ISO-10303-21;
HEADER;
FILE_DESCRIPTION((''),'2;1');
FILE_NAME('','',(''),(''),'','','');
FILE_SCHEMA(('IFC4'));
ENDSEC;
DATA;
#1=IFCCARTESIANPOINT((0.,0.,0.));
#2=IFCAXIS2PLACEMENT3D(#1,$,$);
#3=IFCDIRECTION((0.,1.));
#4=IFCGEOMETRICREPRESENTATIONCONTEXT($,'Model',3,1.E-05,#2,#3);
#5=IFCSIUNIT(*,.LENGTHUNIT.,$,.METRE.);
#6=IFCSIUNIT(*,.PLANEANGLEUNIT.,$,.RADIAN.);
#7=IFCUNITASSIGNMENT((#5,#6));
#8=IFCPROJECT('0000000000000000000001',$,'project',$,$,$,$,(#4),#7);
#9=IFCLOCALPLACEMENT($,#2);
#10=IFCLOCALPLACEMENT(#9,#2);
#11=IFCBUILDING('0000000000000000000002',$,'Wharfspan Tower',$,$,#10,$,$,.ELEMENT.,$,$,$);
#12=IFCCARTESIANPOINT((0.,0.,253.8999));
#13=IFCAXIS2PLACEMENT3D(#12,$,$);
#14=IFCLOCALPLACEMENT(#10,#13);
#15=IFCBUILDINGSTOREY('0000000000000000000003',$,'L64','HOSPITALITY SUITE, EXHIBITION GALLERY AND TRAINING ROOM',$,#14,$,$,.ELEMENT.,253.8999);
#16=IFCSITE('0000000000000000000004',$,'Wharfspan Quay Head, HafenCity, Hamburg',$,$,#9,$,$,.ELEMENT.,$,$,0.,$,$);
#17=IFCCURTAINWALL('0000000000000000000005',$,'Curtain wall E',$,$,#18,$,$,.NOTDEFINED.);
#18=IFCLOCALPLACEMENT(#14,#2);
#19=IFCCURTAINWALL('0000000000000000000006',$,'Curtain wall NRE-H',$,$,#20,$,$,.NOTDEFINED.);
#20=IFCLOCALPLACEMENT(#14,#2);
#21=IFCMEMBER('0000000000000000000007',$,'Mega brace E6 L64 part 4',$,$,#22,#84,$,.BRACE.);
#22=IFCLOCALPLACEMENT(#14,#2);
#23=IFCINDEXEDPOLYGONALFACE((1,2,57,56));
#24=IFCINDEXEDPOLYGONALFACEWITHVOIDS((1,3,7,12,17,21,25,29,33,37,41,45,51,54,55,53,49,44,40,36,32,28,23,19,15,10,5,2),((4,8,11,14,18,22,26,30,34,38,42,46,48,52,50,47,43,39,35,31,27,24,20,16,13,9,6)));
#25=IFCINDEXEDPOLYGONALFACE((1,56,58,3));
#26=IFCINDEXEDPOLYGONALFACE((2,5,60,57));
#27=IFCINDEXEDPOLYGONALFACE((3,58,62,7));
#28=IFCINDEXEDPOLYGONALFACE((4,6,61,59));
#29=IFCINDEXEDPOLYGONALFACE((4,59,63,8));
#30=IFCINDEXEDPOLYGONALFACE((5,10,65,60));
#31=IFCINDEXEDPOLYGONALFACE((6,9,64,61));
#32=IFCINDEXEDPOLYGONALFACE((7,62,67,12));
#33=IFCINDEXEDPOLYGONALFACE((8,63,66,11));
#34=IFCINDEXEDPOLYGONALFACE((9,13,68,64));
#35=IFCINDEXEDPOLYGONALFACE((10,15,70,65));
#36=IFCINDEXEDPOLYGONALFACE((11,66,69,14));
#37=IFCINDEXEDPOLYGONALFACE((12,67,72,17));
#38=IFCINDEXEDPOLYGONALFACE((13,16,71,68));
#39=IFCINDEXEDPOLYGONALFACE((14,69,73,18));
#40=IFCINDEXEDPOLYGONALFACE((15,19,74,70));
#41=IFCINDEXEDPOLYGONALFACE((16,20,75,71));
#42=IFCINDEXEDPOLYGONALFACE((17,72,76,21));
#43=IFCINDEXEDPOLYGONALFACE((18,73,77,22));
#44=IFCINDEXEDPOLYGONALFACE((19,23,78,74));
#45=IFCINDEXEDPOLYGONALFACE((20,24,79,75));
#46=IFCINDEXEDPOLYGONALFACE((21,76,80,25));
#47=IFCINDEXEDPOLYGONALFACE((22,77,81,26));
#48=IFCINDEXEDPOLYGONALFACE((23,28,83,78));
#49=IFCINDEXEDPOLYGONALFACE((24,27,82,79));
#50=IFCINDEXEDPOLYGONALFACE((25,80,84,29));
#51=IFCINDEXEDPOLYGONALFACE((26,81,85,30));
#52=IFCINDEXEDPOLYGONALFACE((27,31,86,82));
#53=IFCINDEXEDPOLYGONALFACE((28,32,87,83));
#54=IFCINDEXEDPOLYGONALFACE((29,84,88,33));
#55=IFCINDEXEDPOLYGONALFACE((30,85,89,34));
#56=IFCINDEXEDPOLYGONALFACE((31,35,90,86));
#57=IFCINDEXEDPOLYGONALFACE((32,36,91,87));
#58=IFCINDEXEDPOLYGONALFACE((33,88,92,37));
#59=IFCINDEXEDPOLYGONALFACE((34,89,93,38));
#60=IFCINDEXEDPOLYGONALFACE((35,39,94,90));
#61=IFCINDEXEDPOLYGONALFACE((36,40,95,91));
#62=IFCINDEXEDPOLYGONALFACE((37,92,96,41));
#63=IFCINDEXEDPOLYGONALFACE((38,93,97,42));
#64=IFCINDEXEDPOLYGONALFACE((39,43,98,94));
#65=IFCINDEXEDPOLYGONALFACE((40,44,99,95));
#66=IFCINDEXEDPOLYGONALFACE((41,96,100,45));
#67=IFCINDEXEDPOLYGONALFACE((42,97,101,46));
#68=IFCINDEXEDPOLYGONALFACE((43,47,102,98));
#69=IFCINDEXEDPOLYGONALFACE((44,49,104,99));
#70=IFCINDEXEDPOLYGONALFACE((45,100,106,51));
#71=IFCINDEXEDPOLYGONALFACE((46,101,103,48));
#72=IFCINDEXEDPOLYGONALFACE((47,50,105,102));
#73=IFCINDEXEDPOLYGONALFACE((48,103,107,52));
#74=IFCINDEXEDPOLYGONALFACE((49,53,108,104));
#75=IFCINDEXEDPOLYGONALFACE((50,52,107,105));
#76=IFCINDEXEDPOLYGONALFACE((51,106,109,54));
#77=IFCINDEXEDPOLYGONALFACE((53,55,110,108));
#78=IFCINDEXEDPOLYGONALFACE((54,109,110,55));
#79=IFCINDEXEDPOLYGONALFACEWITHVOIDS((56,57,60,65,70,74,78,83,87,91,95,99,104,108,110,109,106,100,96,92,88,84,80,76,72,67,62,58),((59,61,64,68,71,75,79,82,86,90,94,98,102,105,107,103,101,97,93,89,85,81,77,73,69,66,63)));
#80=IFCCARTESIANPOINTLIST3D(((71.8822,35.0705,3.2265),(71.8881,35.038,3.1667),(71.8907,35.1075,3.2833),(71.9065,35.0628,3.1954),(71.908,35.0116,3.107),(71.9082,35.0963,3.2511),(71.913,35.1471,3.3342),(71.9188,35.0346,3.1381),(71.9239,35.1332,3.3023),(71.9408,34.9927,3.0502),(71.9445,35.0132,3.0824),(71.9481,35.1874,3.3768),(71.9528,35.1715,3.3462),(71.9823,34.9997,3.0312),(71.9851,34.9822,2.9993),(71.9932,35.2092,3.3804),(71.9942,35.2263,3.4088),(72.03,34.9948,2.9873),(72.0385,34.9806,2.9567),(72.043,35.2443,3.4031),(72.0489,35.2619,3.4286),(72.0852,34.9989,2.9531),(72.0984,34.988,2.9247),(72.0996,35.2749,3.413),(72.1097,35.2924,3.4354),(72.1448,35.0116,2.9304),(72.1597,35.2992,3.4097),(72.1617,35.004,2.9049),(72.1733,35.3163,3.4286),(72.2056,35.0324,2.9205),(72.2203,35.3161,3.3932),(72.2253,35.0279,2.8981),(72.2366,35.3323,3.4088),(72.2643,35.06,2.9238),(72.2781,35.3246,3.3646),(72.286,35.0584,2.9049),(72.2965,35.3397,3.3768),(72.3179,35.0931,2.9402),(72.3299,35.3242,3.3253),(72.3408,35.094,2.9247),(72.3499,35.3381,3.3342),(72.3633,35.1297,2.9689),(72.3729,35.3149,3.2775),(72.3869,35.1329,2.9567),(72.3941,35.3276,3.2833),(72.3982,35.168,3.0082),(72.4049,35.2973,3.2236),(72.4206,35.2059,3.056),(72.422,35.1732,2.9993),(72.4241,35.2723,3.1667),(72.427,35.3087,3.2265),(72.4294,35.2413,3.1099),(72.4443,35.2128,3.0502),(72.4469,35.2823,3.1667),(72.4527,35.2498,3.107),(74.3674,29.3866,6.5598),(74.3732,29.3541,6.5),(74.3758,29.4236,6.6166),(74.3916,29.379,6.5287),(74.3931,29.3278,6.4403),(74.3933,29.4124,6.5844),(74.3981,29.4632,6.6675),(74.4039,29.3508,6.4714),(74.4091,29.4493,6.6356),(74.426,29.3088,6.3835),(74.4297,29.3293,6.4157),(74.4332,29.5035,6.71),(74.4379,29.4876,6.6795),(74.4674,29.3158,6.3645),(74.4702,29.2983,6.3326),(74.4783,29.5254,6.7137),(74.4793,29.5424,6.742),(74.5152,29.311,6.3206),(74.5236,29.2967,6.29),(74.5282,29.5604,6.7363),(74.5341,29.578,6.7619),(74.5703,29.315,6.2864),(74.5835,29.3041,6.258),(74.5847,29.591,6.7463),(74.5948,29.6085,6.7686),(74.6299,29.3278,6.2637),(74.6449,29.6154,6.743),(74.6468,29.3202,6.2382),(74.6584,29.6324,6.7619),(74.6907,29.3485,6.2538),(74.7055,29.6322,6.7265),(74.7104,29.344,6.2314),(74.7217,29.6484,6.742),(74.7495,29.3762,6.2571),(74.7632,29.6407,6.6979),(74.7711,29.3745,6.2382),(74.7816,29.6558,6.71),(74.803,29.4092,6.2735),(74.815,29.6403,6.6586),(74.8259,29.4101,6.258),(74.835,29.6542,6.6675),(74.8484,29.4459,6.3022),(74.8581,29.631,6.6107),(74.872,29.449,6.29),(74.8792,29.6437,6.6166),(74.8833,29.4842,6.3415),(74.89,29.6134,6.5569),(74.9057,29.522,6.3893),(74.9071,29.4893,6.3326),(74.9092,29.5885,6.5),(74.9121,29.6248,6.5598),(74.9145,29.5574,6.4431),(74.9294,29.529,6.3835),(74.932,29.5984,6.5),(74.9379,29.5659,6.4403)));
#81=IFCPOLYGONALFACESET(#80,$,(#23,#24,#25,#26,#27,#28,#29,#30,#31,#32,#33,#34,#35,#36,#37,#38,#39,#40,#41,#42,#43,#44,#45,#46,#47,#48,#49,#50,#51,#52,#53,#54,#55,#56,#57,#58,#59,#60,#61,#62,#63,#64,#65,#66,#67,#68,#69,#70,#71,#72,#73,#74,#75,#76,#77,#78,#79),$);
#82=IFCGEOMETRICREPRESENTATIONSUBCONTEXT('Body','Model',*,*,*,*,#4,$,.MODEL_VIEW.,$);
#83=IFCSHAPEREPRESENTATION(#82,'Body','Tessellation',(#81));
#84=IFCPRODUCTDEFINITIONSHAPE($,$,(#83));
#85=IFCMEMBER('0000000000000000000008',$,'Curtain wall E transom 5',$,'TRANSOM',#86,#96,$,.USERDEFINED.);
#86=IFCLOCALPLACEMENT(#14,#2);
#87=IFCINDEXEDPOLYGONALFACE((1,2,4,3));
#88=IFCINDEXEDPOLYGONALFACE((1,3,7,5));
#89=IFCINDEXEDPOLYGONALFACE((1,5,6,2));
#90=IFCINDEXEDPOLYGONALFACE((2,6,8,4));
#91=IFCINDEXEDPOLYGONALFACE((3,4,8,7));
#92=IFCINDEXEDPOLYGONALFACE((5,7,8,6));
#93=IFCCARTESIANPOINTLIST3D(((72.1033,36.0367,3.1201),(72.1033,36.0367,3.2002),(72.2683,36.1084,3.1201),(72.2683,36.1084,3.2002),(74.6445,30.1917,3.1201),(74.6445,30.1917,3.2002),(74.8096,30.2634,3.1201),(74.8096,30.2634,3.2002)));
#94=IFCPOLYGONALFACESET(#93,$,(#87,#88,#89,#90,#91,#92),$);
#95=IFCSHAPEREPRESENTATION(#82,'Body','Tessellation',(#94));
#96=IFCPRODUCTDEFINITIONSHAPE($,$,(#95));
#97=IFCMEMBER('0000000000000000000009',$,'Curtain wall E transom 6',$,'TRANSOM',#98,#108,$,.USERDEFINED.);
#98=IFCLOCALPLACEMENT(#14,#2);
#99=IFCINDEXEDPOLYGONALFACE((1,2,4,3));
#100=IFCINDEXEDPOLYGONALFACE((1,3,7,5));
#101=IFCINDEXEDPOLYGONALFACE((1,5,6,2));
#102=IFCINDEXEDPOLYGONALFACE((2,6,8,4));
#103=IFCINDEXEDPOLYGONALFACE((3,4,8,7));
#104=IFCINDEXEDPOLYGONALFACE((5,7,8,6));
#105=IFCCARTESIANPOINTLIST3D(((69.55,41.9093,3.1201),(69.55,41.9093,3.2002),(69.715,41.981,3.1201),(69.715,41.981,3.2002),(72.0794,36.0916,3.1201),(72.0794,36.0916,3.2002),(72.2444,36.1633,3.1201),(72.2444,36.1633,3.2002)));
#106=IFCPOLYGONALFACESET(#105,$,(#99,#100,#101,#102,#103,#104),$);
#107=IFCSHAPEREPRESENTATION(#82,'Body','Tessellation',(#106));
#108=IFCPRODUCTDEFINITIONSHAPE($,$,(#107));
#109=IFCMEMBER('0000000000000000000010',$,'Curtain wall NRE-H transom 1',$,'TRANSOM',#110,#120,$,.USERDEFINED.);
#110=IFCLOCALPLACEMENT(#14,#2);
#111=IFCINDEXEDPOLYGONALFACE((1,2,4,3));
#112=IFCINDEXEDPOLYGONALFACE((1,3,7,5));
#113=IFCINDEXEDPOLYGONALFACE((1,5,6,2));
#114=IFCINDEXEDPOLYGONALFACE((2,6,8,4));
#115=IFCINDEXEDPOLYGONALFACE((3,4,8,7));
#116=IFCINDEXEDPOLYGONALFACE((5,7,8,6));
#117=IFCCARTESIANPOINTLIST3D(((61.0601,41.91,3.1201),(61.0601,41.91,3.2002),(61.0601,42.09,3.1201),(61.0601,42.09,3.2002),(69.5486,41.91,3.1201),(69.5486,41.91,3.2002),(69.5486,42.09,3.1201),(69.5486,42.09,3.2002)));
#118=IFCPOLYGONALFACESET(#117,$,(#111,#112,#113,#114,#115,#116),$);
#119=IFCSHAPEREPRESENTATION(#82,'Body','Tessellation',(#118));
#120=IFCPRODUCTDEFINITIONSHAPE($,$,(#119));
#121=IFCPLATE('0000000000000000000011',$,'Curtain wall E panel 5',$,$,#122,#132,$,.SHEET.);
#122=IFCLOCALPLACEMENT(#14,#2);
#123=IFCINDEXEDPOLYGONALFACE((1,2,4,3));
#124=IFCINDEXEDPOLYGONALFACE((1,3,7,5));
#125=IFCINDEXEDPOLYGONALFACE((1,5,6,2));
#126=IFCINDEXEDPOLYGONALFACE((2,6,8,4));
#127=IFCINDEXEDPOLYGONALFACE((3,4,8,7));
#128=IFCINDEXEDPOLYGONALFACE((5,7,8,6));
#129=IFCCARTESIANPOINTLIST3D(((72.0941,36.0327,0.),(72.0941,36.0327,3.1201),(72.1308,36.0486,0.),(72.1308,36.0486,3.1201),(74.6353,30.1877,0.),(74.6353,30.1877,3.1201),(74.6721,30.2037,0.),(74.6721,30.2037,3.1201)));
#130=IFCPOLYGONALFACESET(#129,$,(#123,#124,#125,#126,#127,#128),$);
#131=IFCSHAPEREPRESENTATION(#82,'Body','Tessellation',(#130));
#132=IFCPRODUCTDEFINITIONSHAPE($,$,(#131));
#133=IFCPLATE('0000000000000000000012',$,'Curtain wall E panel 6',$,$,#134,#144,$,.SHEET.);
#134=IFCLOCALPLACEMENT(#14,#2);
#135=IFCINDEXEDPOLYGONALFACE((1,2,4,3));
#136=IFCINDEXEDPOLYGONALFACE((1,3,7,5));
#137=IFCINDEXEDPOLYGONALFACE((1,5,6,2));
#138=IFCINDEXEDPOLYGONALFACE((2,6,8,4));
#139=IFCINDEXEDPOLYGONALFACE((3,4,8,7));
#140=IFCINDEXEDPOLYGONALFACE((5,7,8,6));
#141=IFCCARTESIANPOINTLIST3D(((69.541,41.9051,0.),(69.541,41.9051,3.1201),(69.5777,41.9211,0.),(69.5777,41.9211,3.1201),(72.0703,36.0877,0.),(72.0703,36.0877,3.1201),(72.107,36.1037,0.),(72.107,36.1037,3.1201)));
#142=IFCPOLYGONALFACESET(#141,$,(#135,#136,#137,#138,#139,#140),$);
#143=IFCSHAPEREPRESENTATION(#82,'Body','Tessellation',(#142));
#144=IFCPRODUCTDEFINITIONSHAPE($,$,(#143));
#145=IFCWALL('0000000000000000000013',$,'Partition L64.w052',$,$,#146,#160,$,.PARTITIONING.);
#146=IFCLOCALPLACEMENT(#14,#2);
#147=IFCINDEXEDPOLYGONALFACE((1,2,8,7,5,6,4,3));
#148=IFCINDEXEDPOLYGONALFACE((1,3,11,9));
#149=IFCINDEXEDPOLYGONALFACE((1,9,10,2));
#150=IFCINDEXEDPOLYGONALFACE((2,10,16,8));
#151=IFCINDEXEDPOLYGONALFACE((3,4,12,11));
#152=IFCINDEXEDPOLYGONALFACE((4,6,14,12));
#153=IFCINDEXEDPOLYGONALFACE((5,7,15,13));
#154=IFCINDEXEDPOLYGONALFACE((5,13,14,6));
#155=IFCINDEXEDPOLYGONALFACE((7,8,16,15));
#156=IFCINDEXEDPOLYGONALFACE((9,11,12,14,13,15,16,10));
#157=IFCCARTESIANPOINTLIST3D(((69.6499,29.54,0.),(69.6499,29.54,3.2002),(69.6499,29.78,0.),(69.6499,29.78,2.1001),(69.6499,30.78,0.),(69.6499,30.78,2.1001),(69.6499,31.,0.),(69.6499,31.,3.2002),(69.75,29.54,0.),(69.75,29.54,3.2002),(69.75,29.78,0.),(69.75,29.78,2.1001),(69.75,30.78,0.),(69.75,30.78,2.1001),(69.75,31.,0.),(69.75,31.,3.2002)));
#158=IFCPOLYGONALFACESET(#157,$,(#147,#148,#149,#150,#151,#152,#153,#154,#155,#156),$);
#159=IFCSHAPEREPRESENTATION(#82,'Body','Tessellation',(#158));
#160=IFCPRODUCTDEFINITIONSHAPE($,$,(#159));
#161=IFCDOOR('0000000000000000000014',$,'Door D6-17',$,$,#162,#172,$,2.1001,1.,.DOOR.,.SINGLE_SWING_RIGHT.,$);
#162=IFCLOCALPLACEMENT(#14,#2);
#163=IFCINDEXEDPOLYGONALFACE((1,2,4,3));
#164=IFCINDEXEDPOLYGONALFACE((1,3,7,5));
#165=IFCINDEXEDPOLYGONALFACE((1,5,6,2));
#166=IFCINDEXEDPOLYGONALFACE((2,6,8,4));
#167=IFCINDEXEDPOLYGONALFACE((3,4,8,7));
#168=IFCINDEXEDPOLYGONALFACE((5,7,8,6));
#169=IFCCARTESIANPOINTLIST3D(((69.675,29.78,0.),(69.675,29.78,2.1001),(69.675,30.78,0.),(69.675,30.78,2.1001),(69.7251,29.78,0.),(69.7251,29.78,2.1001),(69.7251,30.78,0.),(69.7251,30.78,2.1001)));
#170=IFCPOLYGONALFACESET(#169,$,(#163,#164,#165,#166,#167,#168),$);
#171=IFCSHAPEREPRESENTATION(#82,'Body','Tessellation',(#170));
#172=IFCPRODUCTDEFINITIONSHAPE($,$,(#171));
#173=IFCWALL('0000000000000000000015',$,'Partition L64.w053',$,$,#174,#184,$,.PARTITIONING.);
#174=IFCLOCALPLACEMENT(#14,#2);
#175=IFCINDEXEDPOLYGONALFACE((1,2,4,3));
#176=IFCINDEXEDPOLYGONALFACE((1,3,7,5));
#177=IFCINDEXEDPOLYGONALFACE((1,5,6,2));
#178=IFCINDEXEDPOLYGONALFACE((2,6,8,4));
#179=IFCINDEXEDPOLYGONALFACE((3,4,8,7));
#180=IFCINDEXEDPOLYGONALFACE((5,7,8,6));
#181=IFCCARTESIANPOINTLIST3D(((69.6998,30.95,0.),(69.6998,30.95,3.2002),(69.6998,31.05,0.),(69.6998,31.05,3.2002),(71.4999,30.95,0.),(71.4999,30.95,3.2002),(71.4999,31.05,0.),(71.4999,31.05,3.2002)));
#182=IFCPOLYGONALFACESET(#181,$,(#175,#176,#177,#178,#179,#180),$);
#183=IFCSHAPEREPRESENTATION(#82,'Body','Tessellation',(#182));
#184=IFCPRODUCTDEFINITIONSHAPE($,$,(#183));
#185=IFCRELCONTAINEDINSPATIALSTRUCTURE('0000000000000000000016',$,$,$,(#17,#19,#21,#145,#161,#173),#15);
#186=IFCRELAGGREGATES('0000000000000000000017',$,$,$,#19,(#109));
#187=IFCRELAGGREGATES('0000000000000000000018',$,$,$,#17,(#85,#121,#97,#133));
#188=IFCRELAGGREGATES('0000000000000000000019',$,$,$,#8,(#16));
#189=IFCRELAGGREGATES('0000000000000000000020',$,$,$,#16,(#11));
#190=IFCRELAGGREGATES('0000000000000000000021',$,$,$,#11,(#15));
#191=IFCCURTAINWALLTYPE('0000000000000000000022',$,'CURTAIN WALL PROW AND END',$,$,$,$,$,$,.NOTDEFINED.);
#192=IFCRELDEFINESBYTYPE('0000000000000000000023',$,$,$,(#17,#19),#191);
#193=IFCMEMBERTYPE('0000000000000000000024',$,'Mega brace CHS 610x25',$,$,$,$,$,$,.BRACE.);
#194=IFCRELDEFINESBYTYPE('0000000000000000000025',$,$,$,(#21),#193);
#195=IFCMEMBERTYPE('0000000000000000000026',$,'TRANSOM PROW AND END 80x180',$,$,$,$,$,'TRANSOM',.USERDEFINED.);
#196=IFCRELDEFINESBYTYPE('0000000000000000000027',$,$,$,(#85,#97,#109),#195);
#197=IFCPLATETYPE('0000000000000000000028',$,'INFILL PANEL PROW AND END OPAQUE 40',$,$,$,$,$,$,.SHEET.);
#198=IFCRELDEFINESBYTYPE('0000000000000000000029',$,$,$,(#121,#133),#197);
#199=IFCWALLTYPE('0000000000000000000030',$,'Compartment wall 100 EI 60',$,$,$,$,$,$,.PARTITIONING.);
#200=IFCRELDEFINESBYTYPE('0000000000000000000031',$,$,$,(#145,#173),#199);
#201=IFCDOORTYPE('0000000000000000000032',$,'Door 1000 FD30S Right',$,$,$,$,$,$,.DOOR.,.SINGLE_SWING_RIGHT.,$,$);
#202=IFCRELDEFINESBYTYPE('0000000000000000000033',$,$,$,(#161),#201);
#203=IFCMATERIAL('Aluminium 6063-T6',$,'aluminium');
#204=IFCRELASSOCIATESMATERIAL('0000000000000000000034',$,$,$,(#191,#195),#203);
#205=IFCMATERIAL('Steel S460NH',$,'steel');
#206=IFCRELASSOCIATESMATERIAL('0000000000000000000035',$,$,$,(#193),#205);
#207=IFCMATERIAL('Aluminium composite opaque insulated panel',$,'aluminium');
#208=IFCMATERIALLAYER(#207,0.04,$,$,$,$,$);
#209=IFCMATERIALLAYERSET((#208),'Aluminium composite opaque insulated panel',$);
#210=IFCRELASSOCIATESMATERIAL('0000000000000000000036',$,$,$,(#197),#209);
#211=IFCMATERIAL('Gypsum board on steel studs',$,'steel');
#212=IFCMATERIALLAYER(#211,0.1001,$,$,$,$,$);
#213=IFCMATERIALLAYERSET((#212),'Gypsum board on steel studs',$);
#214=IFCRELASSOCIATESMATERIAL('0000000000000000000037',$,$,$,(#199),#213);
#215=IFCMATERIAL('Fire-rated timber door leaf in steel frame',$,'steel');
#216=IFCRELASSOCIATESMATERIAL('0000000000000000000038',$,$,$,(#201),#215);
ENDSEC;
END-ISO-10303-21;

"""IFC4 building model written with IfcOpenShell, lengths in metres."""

from ifc_helpers import new_model, si_unit, direction, frame, frame_2d, origin, origin_2d, place, context, subcontext, project, spatial, rectangle, hollow_circle, extrude, material, layer, layer_set, material_profile, profile_set, type_object, element, fill, aggregate, save


model = new_model("IFC4")

# Units and contexts
model_context = context("Model", 3, precision=1e-05, world=origin(), true_north=direction((0.0, 1.0)))
body_context = subcontext(model_context, "Body", "Model", "MODEL_VIEW")
ifc_project = project(units=[si_unit("LENGTHUNIT", "METRE"), si_unit("PLANEANGLEUNIT", "RADIAN")], contexts=[model_context])

# Site, building, storey
site_placement = place(None, origin())
site = spatial("IfcSite", under=ifc_project, at=site_placement, Name="Wharfspan Quay Head, HafenCity, Hamburg", CompositionType="ELEMENT", RefElevation=0.0)
building_placement = place(site_placement, origin())
building = spatial("IfcBuilding", under=site, at=building_placement, Name="Wharfspan Tower", CompositionType="ELEMENT")
storey_placement = place(building_placement, frame((0.0, 0.0, 253.8999)))
storey = spatial("IfcBuildingStorey", under=building, at=storey_placement, Name="L64", Description="HOSPITALITY SUITE, EXHIBITION GALLERY AND TRAINING ROOM", CompositionType="ELEMENT", Elevation=253.8999)

# Shared definitions
ifc_material_1 = material(Name="Steel S460NH", Category="steel")

# Curtain wall
ifc_material_2 = material(Name="Aluminium 6063-T6", Category="aluminium")
curtain_wall_type = type_object("IfcCurtainWallType", Name="CURTAIN WALL PROW AND END", PredefinedType="NOTDEFINED", material=ifc_material_2)
curtain_wall_1_placement = place(storey_placement, origin())
curtain_wall_1 = element("IfcCurtainWall", 1, at=curtain_wall_1_placement, inside=storey, type_object=curtain_wall_type, Name="Curtain wall E", PredefinedType="NOTDEFINED")

# Curtain wall
curtain_wall_2_placement = place(storey_placement, origin())
curtain_wall_2 = element("IfcCurtainWall", 2, at=curtain_wall_2_placement, inside=storey, type_object=curtain_wall_type, Name="Curtain wall NRE-H", PredefinedType="NOTDEFINED")

# Member
ifc_material_profile_1 = material_profile(ifc_material_1, hollow_circle(Radius=0.3049, WallThickness=0.0249, at=origin_2d()))
ifc_profile_set_1 = profile_set([ifc_material_profile_1], Name="Steel S460NH")
member_type_1 = type_object("IfcMemberType", Name="Mega brace CHS 610x25", PredefinedType="BRACE", material=ifc_profile_set_1)
member_1_placement = place(storey_placement, frame((72.1675, 35.1602, 3.1667), z_axis=(0.352889, -0.807113, 0.473327), x_axis=(0.916248, 0.400606, 0.000001)))
element("IfcMember", 3, at=member_1_placement, inside=storey, type_object=member_type_1, Name="Mega brace E6 L64 part 4", PredefinedType="BRACE", context=body_context, shape_type="SweptSolid", body=[
    extrude(hollow_circle(Radius=0.3049, WallThickness=0.0249, at=origin_2d()), origin(), (0.0, 0.0, 1.0), 7.0422),
])

# Members
ifc_material_profile_2 = material_profile(ifc_material_2, rectangle(XDim=0.1799, YDim=0.0801, at=origin_2d()))
ifc_profile_set_2 = profile_set([ifc_material_profile_2], Name="Aluminium 6063-T6")
member_type_2 = type_object("IfcMemberType", Name="TRANSOM PROW AND END 80x180", ElementType="TRANSOM", PredefinedType="USERDEFINED", material=ifc_profile_set_2)
member_2_placement = place(storey_placement, frame((74.7271, 30.2275, 3.1602), z_axis=(-0.398722, 0.917072, 0.0), x_axis=(-0.917072, -0.398722, 0.0)))
member_2 = element("IfcMember", 4, at=member_2_placement, type_object=member_type_2, Name="Curtain wall E transom 5", ObjectType="TRANSOM", PredefinedType="USERDEFINED", context=body_context, shape_type="SweptSolid", body=[
    extrude(rectangle(XDim=0.1799, YDim=0.0801, at=origin_2d()), origin(), (0.0, 0.0, 1.0), 6.3735),
])
member_3_placement = place(storey_placement, frame((72.1619, 36.1274, 3.1602), z_axis=(-0.398712, 0.917076, 0.0), x_axis=(-0.917076, -0.398712, 0.0)))
member_3 = element("IfcMember", 5, at=member_3_placement, type_object=member_type_2, Name="Curtain wall E transom 6", ObjectType="TRANSOM", PredefinedType="USERDEFINED", context=body_context, shape_type="SweptSolid", body=[
    extrude(rectangle(XDim=0.1799, YDim=0.0801, at=origin_2d()), origin(), (0.0, 0.0, 1.0), 6.3438),
])
member_4_placement = place(storey_placement, frame((69.5486, 42.0, 3.1602), z_axis=(-1.0, 0.0, 0.0), x_axis=(0.0, -1.0, 0.0)))
member_4 = element("IfcMember", 6, at=member_4_placement, type_object=member_type_2, Name="Curtain wall NRE-H transom 1", ObjectType="TRANSOM", PredefinedType="USERDEFINED", context=body_context, shape_type="SweptSolid", body=[
    extrude(rectangle(XDim=0.1799, YDim=0.0801, at=origin_2d()), origin(), (0.0, 0.0, 1.0), 8.4885),
])
aggregate(curtain_wall_2, [member_4])

# Plates
ifc_material_3 = material(Name="Aluminium composite opaque insulated panel", Category="aluminium")
ifc_layer_1 = layer(ifc_material_3, 0.04)
ifc_layer_set_1 = layer_set([ifc_layer_1], Name="Aluminium composite opaque insulated panel")
plate_type = type_object("IfcPlateType", Name="INFILL PANEL PROW AND END OPAQUE 40", PredefinedType="SHEET", material=ifc_layer_set_1)
plate_1_placement = place(storey_placement, frame((73.3831, 33.1182, 0.0), z_axis=(0.0, 0.0, 1.0), x_axis=(-0.398727, 0.917072, 0.0)))
plate_1 = element("IfcPlate", 7, at=plate_1_placement, type_object=plate_type, Name="Curtain wall E panel 5", PredefinedType="SHEET", context=body_context, shape_type="SweptSolid", body=[
    extrude(rectangle(XDim=6.3735, YDim=0.04, at=origin_2d()), origin(), (0.0, 0.0, 1.0), 3.1201),
])
plate_2_placement = place(storey_placement, frame((70.824, 39.0044, 0.0), z_axis=(0.0, 0.0, 1.0), x_axis=(-0.398727, 0.917072, 0.0)))
plate_2 = element("IfcPlate", 8, at=plate_2_placement, type_object=plate_type, Name="Curtain wall E panel 6", PredefinedType="SHEET", context=body_context, shape_type="SweptSolid", body=[
    extrude(rectangle(XDim=6.3435, YDim=0.04, at=origin_2d()), origin(), (0.0, 0.0, 1.0), 3.1201),
])
aggregate(curtain_wall_1, [member_2, plate_1, member_3, plate_2])

# Wall, opening, door
ifc_material_4 = material(Name="Gypsum board on steel studs", Category="steel")
ifc_layer_2 = layer(ifc_material_4, 0.1001)
ifc_layer_set_2 = layer_set([ifc_layer_2], Name="Gypsum board on steel studs")
wall_type_1 = type_object("IfcWallType", Name="Compartment wall 100 EI 60", PredefinedType="PARTITIONING", material=ifc_layer_set_2)
wall_1_placement = place(storey_placement, frame((69.7, 29.54, 0.0), z_axis=(0.0, 0.0, 1.0), x_axis=(0.0, 1.0, 0.0)))
wall_1 = element("IfcWall", 9, at=wall_1_placement, inside=storey, type_object=wall_type_1, Name="Partition L64.w052", PredefinedType="PARTITIONING", context=body_context, shape_type="SweptSolid", body=[
    extrude(rectangle(XDim=1.46, YDim=0.1001, at=frame_2d((0.73, 0.0))), origin(), (0.0, 0.0, 1.0), 3.2002),
])
opening_placement = place(wall_1_placement, frame((0.24, 0.0, 0.0)))
opening = element("IfcOpeningElement", 10, at=opening_placement, cuts=wall_1, PredefinedType="OPENING", context=body_context, shape_type="SweptSolid", body=[
    extrude(rectangle(XDim=1.0, YDim=2.1001, at=frame_2d((0.5, 1.05))), frame((0.0, 0.0601, 0.0), z_axis=(0.0, -1.0, 0.0), x_axis=(1.0, 0.0, 0.0)), (0.0, 0.0, 1.0), 0.1201),
])
ifc_material_5 = material(Name="Fire-rated timber door leaf in steel frame", Category="steel")
door_type = type_object("IfcDoorType", Name="Door 1000 FD30S Right", OperationType="SINGLE_SWING_RIGHT", PredefinedType="DOOR", material=ifc_material_5)
door_placement = place(opening_placement, origin())
door = element("IfcDoor", 11, at=door_placement, inside=storey, type_object=door_type, Name="Door D6-17", OperationType="SINGLE_SWING_RIGHT", OverallHeight=2.1001, OverallWidth=1.0, PredefinedType="DOOR", context=body_context, shape_type="SweptSolid", body=[
    extrude(rectangle(XDim=1.0, YDim=2.1001, at=frame_2d((0.5, 1.05))), frame((0.0, 0.0249, 0.0), z_axis=(0.0, -1.0, 0.0), x_axis=(1.0, 0.0, 0.0)), (0.0, 0.0, 1.0), 0.05),
])
fill(opening, door)

# Wall
wall_2_placement = place(storey_placement, frame((69.7, 31.0, 0.0), z_axis=(0.0, 0.0, 1.0), x_axis=(1.0, 0.0, 0.0)))
element("IfcWall", 12, at=wall_2_placement, inside=storey, type_object=wall_type_1, Name="Partition L64.w053", PredefinedType="PARTITIONING", context=body_context, shape_type="SweptSolid", body=[
    extrude(rectangle(XDim=1.8, YDim=0.1001, at=frame_2d((0.8999, 0.0))), origin(), (0.0, 0.0, 1.0), 3.2002),
])

save(model, "model.ifc")
